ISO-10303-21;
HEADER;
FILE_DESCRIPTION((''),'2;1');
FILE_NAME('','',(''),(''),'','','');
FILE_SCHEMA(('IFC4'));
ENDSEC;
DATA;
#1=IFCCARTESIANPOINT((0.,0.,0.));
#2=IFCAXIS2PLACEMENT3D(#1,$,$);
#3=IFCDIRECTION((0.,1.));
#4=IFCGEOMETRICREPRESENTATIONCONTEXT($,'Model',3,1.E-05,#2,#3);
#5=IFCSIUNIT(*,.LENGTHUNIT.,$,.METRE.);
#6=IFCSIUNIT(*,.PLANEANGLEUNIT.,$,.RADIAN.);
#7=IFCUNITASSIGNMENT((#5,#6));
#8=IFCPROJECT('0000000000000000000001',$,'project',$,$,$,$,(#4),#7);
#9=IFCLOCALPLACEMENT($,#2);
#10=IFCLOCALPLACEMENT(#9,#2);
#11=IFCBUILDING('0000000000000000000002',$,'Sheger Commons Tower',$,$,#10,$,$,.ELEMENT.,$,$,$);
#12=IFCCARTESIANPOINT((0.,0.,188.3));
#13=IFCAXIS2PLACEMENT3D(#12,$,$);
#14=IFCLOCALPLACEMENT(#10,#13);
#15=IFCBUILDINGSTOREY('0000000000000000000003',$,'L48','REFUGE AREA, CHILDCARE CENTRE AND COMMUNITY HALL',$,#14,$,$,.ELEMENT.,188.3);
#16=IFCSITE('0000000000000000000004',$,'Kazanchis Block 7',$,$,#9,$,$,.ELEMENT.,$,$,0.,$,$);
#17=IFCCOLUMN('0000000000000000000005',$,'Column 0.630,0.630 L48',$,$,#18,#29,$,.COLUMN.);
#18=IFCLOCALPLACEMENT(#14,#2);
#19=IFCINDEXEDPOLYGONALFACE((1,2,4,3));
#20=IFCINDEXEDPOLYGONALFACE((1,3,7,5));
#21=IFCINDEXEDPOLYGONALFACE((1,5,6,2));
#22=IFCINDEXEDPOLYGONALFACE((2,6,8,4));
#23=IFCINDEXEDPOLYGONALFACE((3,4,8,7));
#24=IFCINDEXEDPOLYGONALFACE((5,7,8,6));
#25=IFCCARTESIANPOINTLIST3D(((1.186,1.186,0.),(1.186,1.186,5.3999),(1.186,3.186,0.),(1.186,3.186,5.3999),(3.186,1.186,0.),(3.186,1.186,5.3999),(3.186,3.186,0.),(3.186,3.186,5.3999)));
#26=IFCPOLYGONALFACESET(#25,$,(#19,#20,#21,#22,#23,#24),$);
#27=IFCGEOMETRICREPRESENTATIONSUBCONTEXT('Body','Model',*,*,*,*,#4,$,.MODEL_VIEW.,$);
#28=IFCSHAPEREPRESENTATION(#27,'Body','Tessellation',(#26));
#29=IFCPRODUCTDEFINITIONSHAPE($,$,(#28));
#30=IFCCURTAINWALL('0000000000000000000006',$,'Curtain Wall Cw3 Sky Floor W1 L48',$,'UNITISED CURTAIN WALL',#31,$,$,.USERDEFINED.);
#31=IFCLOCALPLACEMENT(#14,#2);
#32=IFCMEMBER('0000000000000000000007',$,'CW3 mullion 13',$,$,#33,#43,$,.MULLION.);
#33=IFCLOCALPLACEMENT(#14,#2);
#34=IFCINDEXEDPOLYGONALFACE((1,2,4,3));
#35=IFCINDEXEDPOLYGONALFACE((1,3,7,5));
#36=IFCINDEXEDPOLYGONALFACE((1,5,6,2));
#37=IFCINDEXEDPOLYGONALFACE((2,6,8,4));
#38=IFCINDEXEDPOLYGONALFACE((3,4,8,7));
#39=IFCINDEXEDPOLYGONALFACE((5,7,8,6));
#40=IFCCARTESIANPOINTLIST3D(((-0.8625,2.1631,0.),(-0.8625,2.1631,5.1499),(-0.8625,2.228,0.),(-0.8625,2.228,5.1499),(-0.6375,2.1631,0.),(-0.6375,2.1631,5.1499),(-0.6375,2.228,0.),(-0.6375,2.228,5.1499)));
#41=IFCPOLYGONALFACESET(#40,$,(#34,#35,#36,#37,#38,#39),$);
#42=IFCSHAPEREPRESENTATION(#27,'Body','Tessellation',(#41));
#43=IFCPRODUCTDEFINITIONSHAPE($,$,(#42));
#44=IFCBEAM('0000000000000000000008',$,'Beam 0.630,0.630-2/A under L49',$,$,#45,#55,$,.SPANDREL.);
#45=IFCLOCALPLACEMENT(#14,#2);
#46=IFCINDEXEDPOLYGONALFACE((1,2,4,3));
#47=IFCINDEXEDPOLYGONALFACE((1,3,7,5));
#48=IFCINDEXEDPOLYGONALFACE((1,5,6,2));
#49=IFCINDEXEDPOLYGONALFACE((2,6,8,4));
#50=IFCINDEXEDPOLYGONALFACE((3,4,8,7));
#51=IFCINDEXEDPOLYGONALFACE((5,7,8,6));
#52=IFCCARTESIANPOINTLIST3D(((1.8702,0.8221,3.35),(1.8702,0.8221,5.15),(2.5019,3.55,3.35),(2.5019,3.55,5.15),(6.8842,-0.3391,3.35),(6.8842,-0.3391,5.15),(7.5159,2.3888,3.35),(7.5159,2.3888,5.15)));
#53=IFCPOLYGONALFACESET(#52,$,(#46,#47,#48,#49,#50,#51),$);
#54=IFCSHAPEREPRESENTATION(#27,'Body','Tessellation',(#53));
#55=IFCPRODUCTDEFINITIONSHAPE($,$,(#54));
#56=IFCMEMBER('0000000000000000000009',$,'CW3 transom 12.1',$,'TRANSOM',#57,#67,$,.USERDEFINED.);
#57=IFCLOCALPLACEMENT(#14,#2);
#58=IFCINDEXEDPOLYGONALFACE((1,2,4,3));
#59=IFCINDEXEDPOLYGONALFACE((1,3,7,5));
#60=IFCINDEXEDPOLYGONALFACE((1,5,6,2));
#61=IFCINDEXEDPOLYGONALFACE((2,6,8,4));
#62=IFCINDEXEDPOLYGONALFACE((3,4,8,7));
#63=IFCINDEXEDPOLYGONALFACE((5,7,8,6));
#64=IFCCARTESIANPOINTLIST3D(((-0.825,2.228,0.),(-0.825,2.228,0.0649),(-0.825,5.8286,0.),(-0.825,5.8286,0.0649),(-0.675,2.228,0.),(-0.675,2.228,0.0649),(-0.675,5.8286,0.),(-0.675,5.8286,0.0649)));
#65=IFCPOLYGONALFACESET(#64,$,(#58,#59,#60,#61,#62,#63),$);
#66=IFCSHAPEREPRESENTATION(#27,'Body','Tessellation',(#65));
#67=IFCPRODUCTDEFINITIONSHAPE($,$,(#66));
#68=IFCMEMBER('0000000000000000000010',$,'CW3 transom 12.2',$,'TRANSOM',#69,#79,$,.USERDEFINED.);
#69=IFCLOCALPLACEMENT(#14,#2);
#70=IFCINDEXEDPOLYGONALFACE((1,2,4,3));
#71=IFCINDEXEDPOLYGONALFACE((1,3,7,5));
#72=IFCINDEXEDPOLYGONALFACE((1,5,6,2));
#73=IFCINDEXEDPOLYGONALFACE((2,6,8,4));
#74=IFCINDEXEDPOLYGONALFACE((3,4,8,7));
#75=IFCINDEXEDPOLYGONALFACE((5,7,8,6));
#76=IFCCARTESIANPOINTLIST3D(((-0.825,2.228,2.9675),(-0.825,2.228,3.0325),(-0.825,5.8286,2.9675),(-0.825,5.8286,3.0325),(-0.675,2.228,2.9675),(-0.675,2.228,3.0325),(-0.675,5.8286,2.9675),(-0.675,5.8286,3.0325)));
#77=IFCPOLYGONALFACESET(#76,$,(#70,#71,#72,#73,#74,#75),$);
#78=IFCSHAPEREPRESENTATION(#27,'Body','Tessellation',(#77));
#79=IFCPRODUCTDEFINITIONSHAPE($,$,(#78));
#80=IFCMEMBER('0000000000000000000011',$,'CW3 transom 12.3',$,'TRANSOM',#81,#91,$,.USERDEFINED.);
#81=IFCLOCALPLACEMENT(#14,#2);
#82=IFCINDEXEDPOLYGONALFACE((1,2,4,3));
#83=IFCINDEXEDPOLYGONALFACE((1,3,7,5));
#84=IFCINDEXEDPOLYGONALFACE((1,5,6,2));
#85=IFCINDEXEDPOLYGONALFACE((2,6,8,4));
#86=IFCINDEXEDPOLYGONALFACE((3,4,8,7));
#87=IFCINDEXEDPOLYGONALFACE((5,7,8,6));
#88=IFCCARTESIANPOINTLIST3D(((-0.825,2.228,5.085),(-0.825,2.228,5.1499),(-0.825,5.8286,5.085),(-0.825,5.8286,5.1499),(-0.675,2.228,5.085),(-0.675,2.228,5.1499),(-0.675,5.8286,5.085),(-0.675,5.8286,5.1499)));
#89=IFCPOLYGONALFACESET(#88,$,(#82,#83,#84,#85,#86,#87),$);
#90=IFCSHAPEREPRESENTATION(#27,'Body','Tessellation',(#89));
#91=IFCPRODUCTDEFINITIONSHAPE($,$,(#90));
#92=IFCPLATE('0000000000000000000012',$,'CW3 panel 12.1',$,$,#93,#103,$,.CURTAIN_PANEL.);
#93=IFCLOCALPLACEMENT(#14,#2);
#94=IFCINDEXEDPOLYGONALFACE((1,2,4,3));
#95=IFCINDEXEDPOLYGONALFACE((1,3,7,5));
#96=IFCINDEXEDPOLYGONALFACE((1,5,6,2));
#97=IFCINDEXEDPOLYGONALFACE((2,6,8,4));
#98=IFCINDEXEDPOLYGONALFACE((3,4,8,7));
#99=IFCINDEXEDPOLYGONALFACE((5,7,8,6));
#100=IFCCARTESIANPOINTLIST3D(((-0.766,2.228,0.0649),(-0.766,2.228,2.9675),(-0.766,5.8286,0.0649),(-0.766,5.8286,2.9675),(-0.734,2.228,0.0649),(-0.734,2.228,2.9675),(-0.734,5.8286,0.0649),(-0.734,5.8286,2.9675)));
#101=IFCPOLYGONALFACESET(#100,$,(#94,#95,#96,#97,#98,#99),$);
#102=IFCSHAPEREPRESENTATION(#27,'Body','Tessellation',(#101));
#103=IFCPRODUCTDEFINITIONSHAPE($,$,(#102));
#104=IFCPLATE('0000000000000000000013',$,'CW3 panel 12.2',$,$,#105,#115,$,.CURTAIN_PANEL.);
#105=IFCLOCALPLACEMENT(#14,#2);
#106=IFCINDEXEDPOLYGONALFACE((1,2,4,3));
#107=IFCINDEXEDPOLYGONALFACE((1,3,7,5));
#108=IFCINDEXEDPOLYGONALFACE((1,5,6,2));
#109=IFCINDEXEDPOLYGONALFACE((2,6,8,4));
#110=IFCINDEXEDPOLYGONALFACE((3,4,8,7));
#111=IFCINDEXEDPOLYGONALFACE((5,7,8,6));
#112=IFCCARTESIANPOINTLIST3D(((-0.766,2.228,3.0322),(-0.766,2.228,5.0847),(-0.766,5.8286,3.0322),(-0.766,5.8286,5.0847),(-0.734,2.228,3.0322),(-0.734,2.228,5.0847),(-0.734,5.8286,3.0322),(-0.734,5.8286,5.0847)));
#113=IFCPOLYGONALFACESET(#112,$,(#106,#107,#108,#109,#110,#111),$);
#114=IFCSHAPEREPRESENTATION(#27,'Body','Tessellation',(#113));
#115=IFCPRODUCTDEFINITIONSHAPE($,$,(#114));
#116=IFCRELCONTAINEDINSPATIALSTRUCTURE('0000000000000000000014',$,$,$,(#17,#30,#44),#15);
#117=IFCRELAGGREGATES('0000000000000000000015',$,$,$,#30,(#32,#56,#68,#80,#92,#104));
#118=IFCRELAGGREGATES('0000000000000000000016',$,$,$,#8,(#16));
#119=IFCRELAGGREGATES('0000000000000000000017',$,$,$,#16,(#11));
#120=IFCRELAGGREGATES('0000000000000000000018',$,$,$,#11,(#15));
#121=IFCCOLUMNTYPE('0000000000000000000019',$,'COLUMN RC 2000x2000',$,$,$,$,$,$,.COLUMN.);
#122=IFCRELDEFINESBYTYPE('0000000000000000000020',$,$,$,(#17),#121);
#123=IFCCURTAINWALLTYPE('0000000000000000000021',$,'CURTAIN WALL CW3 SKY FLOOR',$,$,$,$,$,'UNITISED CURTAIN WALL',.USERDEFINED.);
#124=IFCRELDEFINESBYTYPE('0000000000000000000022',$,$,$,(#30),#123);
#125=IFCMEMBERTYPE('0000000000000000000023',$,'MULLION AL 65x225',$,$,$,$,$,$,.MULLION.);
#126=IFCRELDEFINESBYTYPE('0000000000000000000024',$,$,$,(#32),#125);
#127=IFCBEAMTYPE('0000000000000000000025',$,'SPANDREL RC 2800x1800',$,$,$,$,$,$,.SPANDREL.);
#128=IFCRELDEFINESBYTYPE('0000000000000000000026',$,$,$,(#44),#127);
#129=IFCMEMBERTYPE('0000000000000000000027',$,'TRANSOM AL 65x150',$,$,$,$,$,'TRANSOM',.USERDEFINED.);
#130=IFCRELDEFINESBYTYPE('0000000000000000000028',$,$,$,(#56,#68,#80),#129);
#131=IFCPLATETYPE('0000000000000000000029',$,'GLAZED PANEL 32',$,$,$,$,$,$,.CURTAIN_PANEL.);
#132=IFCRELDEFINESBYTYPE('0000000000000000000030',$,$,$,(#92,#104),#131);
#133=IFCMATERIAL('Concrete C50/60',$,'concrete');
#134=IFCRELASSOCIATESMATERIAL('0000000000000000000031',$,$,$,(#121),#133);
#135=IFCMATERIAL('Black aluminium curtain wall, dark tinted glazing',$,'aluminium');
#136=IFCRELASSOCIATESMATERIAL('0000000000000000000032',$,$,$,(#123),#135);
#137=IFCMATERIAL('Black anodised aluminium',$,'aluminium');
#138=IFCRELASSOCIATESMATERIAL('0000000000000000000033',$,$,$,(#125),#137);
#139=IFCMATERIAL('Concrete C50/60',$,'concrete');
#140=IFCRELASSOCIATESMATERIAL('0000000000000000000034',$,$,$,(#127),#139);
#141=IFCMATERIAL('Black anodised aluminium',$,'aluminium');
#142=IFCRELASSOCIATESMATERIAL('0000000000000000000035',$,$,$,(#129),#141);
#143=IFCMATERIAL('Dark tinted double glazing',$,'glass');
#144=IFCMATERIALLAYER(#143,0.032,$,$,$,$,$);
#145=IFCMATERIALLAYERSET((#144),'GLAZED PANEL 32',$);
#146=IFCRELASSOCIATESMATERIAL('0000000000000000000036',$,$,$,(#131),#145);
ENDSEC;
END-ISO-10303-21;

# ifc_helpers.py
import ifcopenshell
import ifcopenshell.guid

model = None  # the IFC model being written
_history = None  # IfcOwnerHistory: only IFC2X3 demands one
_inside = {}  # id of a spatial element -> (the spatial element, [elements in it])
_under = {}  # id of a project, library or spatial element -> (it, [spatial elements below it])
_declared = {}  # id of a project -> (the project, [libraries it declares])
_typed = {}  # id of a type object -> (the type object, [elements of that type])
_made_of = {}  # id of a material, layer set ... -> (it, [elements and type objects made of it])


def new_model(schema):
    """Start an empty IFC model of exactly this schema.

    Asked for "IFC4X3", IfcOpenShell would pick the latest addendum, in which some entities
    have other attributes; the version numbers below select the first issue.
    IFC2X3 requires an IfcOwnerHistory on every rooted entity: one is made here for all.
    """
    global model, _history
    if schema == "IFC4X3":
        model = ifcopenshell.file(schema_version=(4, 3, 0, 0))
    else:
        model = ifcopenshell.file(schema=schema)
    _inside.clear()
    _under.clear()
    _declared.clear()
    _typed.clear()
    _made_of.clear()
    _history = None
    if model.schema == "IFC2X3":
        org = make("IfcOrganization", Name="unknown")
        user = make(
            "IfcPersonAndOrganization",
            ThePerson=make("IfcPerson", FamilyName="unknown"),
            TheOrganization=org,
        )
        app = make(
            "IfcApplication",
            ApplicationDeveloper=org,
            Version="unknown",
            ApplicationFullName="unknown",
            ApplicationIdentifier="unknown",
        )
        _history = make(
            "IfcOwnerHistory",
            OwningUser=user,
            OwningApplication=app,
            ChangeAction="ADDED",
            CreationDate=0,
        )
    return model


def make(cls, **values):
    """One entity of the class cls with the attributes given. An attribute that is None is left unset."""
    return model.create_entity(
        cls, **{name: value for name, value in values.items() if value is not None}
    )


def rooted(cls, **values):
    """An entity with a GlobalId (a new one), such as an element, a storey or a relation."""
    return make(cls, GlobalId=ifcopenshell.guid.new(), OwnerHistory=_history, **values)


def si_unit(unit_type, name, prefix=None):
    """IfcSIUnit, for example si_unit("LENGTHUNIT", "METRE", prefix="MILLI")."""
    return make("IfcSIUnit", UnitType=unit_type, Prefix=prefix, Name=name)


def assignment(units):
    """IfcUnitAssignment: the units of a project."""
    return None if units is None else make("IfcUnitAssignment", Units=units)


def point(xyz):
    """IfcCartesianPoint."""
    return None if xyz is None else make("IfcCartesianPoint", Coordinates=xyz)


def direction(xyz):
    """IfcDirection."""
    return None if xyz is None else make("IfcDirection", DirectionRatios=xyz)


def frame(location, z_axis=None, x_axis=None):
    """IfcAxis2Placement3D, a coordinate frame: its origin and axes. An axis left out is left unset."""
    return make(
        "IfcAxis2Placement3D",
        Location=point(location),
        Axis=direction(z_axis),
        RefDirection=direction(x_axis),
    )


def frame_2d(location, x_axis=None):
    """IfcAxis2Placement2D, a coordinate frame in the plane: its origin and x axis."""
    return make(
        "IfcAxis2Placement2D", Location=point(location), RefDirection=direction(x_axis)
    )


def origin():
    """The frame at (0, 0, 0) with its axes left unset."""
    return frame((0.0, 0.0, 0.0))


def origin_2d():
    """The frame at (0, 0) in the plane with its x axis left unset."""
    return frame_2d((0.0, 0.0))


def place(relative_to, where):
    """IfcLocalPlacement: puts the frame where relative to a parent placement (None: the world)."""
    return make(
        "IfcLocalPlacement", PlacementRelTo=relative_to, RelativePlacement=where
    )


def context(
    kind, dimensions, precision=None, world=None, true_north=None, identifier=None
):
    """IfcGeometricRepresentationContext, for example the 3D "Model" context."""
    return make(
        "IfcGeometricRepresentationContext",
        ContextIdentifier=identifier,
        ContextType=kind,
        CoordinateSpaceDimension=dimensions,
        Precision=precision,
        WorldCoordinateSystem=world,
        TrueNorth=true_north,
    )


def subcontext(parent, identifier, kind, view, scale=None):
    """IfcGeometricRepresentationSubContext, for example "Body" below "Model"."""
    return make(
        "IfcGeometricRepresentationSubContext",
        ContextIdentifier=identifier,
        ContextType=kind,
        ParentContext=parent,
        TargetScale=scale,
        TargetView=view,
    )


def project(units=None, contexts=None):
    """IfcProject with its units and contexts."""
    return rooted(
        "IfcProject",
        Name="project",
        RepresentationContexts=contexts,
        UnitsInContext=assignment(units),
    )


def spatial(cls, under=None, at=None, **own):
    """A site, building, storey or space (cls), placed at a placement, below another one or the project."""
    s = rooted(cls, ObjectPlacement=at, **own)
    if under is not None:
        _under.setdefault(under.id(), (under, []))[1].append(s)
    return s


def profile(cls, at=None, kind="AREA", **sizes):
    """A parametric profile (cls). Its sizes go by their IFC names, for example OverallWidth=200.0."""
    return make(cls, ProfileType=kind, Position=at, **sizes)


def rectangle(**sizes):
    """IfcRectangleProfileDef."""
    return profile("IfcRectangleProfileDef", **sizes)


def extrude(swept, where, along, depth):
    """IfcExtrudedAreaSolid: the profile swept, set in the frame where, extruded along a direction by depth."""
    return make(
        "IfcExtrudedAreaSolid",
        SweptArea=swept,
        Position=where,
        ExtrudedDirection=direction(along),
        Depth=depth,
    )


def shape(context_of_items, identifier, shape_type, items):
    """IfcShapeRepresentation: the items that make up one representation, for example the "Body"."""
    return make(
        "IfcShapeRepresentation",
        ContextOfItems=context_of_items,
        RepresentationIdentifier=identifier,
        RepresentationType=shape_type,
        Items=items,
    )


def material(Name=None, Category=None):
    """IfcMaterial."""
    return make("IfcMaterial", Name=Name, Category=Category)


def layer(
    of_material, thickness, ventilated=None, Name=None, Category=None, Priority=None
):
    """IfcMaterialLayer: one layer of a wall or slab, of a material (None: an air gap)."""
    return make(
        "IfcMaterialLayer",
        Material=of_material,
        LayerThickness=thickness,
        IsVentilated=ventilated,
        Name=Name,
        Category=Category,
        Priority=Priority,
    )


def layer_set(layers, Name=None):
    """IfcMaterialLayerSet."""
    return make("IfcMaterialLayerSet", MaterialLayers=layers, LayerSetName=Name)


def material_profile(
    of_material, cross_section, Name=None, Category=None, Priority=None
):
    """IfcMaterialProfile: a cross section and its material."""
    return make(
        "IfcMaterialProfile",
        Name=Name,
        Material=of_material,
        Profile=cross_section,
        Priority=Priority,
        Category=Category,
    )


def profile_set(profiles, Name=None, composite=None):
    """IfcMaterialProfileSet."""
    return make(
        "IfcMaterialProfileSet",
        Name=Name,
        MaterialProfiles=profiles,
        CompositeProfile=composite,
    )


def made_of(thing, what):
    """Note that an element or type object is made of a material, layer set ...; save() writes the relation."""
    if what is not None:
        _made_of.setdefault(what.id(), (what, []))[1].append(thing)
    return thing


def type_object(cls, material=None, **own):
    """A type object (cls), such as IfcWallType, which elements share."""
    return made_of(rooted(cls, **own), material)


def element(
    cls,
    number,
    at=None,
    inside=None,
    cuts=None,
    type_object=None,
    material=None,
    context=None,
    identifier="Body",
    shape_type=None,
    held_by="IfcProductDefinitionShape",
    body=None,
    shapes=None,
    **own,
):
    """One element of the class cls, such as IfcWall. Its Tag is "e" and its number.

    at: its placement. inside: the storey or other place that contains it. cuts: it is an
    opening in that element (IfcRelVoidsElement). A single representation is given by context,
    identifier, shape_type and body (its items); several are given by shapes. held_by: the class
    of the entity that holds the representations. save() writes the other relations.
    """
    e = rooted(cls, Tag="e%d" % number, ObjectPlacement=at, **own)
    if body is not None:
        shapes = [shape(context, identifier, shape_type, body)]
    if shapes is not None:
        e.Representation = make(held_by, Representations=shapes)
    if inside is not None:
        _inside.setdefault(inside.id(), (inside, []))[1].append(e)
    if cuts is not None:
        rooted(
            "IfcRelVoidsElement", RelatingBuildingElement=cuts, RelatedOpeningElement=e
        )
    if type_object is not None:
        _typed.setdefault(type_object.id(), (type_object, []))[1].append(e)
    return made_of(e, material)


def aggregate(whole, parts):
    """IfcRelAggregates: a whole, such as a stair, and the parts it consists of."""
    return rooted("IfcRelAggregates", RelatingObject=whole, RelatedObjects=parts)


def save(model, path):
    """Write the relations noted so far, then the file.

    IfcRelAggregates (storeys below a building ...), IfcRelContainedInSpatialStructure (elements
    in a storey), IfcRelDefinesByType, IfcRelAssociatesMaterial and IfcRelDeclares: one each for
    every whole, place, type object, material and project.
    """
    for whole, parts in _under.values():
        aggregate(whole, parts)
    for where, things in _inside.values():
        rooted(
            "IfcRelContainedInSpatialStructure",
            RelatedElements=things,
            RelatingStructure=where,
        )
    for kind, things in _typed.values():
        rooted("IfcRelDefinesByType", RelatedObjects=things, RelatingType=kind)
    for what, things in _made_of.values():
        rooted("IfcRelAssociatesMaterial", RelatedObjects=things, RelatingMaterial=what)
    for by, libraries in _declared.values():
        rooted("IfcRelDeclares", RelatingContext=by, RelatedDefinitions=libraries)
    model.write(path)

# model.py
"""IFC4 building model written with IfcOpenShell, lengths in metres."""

from ifc_helpers import new_model, si_unit, direction, frame, origin, origin_2d, place, context, subcontext, project, spatial, rectangle, extrude, material, layer, layer_set, material_profile, profile_set, type_object, element, aggregate, save


model = new_model("IFC4")

# Units and contexts
model_context = context("Model", 3, precision=1e-05, world=origin(), true_north=direction((0.0, 1.0)))
body_context = subcontext(model_context, "Body", "Model", "MODEL_VIEW")
ifc_project = project(units=[si_unit("LENGTHUNIT", "METRE"), si_unit("PLANEANGLEUNIT", "RADIAN")], contexts=[model_context])

# Site, building, storey
site_placement = place(None, origin())
site = spatial("IfcSite", under=ifc_project, at=site_placement, Name="Kazanchis Block 7", CompositionType="ELEMENT", RefElevation=0.0)
building_placement = place(site_placement, origin())
building = spatial("IfcBuilding", under=site, at=building_placement, Name="Sheger Commons Tower", CompositionType="ELEMENT")
storey_placement = place(building_placement, frame((0.0, 0.0, 188.3)))
storey = spatial("IfcBuildingStorey", under=building, at=storey_placement, Name="L48", Description="REFUGE AREA, CHILDCARE CENTRE AND COMMUNITY HALL", CompositionType="ELEMENT", Elevation=188.3)

# Column
ifc_material_1 = material(Name="Concrete C50/60", Category="concrete")
ifc_material_profile_1 = material_profile(ifc_material_1, rectangle(XDim=2.0, YDim=2.0, at=origin_2d()), Name="RC 2000x2000")
ifc_profile_set_1 = profile_set([ifc_material_profile_1], Name="Concrete C50/60")
column_type = type_object("IfcColumnType", Name="COLUMN RC 2000x2000", PredefinedType="COLUMN", material=ifc_profile_set_1)
column_placement = place(storey_placement, frame((2.186, 2.186, 0.0), z_axis=(0.0, 0.0, 1.0), x_axis=(1.0, 0.0, 0.0)))
element("IfcColumn", 1, at=column_placement, inside=storey, type_object=column_type, Name="Column 0.630,0.630 L48", PredefinedType="COLUMN", context=body_context, shape_type="SweptSolid", body=[
    extrude(rectangle(XDim=2.0, YDim=2.0, at=origin_2d()), origin(), (0.0, 0.0, 1.0), 5.3999),
])

# Curtain wall, member
ifc_material_2 = material(Name="Black aluminium curtain wall, dark tinted glazing", Category="aluminium")
curtain_wall_type = type_object("IfcCurtainWallType", Name="CURTAIN WALL CW3 SKY FLOOR", ElementType="UNITISED CURTAIN WALL", PredefinedType="USERDEFINED", material=ifc_material_2)
curtain_wall_placement = place(storey_placement, origin())
curtain_wall = element("IfcCurtainWall", 2, at=curtain_wall_placement, inside=storey, type_object=curtain_wall_type, Name="Curtain Wall Cw3 Sky Floor W1 L48", ObjectType="UNITISED CURTAIN WALL", PredefinedType="USERDEFINED")
ifc_material_3 = material(Name="Black anodised aluminium", Category="aluminium")
ifc_material_profile_2 = material_profile(ifc_material_3, rectangle(XDim=0.2251, YDim=0.0649, at=origin_2d()), Name="AL 65x225")
ifc_profile_set_2 = profile_set([ifc_material_profile_2], Name="Black anodised aluminium")
member_type_1 = type_object("IfcMemberType", Name="MULLION AL 65x225", PredefinedType="MULLION", material=ifc_profile_set_2)
member_1_placement = place(storey_placement, frame((-0.75, 2.1956, 0.0), z_axis=(0.0, 0.0, 1.0), x_axis=(1.0, 0.0, 0.0)))
member_1 = element("IfcMember", 3, at=member_1_placement, type_object=member_type_1, Name="CW3 mullion 13", PredefinedType="MULLION", context=body_context, shape_type="SweptSolid", body=[
    extrude(rectangle(XDim=0.2251, YDim=0.0649, at=origin_2d()), origin(), (0.0, 0.0, 1.0), 5.1499),
])

# Beam
ifc_material_4 = material(Name="Concrete C50/60", Category="concrete")
ifc_material_profile_3 = material_profile(ifc_material_4, rectangle(XDim=2.8, YDim=1.8, at=origin_2d()), Name="RC 2800x1800")
ifc_profile_set_3 = profile_set([ifc_material_profile_3], Name="Concrete C50/60")
beam_type = type_object("IfcBeamType", Name="SPANDREL RC 2800x1800", PredefinedType="SPANDREL", material=ifc_profile_set_3)
beam_placement = place(storey_placement, frame((2.186, 2.186, 4.25), z_axis=(0.974217, -0.225611, 0.0), x_axis=(0.225611, 0.974217, 0.0)))
element("IfcBeam", 4, at=beam_placement, inside=storey, type_object=beam_type, Name="Beam 0.630,0.630-2/A under L49", PredefinedType="SPANDREL", context=body_context, shape_type="SweptSolid", body=[
    extrude(rectangle(XDim=2.8, YDim=1.8, at=origin_2d()), origin(), (0.0, 0.0, 1.0), 5.1467),
])

# Members
ifc_material_5 = material(Name="Black anodised aluminium", Category="aluminium")
ifc_material_profile_4 = material_profile(ifc_material_5, rectangle(XDim=0.1499, YDim=0.0649, at=origin_2d()), Name="AL 65x150")
ifc_profile_set_4 = profile_set([ifc_material_profile_4], Name="Black anodised aluminium")
member_type_2 = type_object("IfcMemberType", Name="TRANSOM AL 65x150", ElementType="TRANSOM", PredefinedType="USERDEFINED", material=ifc_profile_set_4)
member_2_placement = place(storey_placement, frame((-0.75, 5.8286, 0.0325), z_axis=(0.0, -1.0, 0.0), x_axis=(1.0, 0.0, 0.0)))
member_2 = element("IfcMember", 5, at=member_2_placement, type_object=member_type_2, Name="CW3 transom 12.1", ObjectType="TRANSOM", PredefinedType="USERDEFINED", context=body_context, shape_type="SweptSolid", body=[
    extrude(rectangle(XDim=0.1499, YDim=0.0649, at=origin_2d()), origin(), (0.0, 0.0, 1.0), 3.6006),
])
member_3_placement = place(storey_placement, frame((-0.75, 5.8286, 3.0), z_axis=(0.0, -1.0, 0.0), x_axis=(1.0, 0.0, 0.0)))
member_3 = element("IfcMember", 6, at=member_3_placement, type_object=member_type_2, Name="CW3 transom 12.2", ObjectType="TRANSOM", PredefinedType="USERDEFINED", context=body_context, shape_type="SweptSolid", body=[
    extrude(rectangle(XDim=0.1499, YDim=0.0649, at=origin_2d()), origin(), (0.0, 0.0, 1.0), 3.6006),
])
member_4_placement = place(storey_placement, frame((-0.75, 5.8286, 5.1174), z_axis=(0.0, -1.0, 0.0), x_axis=(1.0, 0.0, 0.0)))
member_4 = element("IfcMember", 7, at=member_4_placement, type_object=member_type_2, Name="CW3 transom 12.3", ObjectType="TRANSOM", PredefinedType="USERDEFINED", context=body_context, shape_type="SweptSolid", body=[
    extrude(rectangle(XDim=0.1499, YDim=0.0649, at=origin_2d()), origin(), (0.0, 0.0, 1.0), 3.6006),
])

# Plates
ifc_material_6 = material(Name="Dark tinted double glazing", Category="glass")
ifc_layer_1 = layer(ifc_material_6, 0.032)
ifc_layer_set_1 = layer_set([ifc_layer_1], Name="GLAZED PANEL 32")
plate_type = type_object("IfcPlateType", Name="GLAZED PANEL 32", PredefinedType="CURTAIN_PANEL", material=ifc_layer_set_1)
plate_1_placement = place(storey_placement, frame((-0.75, 4.0283, 0.0649), z_axis=(0.0, 0.0, 1.0), x_axis=(0.0, -1.0, 0.0)))
plate_1 = element("IfcPlate", 8, at=plate_1_placement, type_object=plate_type, Name="CW3 panel 12.1", PredefinedType="CURTAIN_PANEL", context=body_context, shape_type="SweptSolid", body=[
    extrude(rectangle(XDim=3.6006, YDim=0.032, at=origin_2d()), origin(), (0.0, 0.0, 1.0), 2.9026),
])
plate_2_placement = place(storey_placement, frame((-0.75, 4.0283, 3.0322), z_axis=(0.0, 0.0, 1.0), x_axis=(0.0, -1.0, 0.0)))
plate_2 = element("IfcPlate", 9, at=plate_2_placement, type_object=plate_type, Name="CW3 panel 12.2", PredefinedType="CURTAIN_PANEL", context=body_context, shape_type="SweptSolid", body=[
    extrude(rectangle(XDim=3.6006, YDim=0.032, at=origin_2d()), origin(), (0.0, 0.0, 1.0), 2.0525),
])
aggregate(curtain_wall, [member_1, member_2, member_3, member_4, plate_1, plate_2])

save(model, "model.ifc")
